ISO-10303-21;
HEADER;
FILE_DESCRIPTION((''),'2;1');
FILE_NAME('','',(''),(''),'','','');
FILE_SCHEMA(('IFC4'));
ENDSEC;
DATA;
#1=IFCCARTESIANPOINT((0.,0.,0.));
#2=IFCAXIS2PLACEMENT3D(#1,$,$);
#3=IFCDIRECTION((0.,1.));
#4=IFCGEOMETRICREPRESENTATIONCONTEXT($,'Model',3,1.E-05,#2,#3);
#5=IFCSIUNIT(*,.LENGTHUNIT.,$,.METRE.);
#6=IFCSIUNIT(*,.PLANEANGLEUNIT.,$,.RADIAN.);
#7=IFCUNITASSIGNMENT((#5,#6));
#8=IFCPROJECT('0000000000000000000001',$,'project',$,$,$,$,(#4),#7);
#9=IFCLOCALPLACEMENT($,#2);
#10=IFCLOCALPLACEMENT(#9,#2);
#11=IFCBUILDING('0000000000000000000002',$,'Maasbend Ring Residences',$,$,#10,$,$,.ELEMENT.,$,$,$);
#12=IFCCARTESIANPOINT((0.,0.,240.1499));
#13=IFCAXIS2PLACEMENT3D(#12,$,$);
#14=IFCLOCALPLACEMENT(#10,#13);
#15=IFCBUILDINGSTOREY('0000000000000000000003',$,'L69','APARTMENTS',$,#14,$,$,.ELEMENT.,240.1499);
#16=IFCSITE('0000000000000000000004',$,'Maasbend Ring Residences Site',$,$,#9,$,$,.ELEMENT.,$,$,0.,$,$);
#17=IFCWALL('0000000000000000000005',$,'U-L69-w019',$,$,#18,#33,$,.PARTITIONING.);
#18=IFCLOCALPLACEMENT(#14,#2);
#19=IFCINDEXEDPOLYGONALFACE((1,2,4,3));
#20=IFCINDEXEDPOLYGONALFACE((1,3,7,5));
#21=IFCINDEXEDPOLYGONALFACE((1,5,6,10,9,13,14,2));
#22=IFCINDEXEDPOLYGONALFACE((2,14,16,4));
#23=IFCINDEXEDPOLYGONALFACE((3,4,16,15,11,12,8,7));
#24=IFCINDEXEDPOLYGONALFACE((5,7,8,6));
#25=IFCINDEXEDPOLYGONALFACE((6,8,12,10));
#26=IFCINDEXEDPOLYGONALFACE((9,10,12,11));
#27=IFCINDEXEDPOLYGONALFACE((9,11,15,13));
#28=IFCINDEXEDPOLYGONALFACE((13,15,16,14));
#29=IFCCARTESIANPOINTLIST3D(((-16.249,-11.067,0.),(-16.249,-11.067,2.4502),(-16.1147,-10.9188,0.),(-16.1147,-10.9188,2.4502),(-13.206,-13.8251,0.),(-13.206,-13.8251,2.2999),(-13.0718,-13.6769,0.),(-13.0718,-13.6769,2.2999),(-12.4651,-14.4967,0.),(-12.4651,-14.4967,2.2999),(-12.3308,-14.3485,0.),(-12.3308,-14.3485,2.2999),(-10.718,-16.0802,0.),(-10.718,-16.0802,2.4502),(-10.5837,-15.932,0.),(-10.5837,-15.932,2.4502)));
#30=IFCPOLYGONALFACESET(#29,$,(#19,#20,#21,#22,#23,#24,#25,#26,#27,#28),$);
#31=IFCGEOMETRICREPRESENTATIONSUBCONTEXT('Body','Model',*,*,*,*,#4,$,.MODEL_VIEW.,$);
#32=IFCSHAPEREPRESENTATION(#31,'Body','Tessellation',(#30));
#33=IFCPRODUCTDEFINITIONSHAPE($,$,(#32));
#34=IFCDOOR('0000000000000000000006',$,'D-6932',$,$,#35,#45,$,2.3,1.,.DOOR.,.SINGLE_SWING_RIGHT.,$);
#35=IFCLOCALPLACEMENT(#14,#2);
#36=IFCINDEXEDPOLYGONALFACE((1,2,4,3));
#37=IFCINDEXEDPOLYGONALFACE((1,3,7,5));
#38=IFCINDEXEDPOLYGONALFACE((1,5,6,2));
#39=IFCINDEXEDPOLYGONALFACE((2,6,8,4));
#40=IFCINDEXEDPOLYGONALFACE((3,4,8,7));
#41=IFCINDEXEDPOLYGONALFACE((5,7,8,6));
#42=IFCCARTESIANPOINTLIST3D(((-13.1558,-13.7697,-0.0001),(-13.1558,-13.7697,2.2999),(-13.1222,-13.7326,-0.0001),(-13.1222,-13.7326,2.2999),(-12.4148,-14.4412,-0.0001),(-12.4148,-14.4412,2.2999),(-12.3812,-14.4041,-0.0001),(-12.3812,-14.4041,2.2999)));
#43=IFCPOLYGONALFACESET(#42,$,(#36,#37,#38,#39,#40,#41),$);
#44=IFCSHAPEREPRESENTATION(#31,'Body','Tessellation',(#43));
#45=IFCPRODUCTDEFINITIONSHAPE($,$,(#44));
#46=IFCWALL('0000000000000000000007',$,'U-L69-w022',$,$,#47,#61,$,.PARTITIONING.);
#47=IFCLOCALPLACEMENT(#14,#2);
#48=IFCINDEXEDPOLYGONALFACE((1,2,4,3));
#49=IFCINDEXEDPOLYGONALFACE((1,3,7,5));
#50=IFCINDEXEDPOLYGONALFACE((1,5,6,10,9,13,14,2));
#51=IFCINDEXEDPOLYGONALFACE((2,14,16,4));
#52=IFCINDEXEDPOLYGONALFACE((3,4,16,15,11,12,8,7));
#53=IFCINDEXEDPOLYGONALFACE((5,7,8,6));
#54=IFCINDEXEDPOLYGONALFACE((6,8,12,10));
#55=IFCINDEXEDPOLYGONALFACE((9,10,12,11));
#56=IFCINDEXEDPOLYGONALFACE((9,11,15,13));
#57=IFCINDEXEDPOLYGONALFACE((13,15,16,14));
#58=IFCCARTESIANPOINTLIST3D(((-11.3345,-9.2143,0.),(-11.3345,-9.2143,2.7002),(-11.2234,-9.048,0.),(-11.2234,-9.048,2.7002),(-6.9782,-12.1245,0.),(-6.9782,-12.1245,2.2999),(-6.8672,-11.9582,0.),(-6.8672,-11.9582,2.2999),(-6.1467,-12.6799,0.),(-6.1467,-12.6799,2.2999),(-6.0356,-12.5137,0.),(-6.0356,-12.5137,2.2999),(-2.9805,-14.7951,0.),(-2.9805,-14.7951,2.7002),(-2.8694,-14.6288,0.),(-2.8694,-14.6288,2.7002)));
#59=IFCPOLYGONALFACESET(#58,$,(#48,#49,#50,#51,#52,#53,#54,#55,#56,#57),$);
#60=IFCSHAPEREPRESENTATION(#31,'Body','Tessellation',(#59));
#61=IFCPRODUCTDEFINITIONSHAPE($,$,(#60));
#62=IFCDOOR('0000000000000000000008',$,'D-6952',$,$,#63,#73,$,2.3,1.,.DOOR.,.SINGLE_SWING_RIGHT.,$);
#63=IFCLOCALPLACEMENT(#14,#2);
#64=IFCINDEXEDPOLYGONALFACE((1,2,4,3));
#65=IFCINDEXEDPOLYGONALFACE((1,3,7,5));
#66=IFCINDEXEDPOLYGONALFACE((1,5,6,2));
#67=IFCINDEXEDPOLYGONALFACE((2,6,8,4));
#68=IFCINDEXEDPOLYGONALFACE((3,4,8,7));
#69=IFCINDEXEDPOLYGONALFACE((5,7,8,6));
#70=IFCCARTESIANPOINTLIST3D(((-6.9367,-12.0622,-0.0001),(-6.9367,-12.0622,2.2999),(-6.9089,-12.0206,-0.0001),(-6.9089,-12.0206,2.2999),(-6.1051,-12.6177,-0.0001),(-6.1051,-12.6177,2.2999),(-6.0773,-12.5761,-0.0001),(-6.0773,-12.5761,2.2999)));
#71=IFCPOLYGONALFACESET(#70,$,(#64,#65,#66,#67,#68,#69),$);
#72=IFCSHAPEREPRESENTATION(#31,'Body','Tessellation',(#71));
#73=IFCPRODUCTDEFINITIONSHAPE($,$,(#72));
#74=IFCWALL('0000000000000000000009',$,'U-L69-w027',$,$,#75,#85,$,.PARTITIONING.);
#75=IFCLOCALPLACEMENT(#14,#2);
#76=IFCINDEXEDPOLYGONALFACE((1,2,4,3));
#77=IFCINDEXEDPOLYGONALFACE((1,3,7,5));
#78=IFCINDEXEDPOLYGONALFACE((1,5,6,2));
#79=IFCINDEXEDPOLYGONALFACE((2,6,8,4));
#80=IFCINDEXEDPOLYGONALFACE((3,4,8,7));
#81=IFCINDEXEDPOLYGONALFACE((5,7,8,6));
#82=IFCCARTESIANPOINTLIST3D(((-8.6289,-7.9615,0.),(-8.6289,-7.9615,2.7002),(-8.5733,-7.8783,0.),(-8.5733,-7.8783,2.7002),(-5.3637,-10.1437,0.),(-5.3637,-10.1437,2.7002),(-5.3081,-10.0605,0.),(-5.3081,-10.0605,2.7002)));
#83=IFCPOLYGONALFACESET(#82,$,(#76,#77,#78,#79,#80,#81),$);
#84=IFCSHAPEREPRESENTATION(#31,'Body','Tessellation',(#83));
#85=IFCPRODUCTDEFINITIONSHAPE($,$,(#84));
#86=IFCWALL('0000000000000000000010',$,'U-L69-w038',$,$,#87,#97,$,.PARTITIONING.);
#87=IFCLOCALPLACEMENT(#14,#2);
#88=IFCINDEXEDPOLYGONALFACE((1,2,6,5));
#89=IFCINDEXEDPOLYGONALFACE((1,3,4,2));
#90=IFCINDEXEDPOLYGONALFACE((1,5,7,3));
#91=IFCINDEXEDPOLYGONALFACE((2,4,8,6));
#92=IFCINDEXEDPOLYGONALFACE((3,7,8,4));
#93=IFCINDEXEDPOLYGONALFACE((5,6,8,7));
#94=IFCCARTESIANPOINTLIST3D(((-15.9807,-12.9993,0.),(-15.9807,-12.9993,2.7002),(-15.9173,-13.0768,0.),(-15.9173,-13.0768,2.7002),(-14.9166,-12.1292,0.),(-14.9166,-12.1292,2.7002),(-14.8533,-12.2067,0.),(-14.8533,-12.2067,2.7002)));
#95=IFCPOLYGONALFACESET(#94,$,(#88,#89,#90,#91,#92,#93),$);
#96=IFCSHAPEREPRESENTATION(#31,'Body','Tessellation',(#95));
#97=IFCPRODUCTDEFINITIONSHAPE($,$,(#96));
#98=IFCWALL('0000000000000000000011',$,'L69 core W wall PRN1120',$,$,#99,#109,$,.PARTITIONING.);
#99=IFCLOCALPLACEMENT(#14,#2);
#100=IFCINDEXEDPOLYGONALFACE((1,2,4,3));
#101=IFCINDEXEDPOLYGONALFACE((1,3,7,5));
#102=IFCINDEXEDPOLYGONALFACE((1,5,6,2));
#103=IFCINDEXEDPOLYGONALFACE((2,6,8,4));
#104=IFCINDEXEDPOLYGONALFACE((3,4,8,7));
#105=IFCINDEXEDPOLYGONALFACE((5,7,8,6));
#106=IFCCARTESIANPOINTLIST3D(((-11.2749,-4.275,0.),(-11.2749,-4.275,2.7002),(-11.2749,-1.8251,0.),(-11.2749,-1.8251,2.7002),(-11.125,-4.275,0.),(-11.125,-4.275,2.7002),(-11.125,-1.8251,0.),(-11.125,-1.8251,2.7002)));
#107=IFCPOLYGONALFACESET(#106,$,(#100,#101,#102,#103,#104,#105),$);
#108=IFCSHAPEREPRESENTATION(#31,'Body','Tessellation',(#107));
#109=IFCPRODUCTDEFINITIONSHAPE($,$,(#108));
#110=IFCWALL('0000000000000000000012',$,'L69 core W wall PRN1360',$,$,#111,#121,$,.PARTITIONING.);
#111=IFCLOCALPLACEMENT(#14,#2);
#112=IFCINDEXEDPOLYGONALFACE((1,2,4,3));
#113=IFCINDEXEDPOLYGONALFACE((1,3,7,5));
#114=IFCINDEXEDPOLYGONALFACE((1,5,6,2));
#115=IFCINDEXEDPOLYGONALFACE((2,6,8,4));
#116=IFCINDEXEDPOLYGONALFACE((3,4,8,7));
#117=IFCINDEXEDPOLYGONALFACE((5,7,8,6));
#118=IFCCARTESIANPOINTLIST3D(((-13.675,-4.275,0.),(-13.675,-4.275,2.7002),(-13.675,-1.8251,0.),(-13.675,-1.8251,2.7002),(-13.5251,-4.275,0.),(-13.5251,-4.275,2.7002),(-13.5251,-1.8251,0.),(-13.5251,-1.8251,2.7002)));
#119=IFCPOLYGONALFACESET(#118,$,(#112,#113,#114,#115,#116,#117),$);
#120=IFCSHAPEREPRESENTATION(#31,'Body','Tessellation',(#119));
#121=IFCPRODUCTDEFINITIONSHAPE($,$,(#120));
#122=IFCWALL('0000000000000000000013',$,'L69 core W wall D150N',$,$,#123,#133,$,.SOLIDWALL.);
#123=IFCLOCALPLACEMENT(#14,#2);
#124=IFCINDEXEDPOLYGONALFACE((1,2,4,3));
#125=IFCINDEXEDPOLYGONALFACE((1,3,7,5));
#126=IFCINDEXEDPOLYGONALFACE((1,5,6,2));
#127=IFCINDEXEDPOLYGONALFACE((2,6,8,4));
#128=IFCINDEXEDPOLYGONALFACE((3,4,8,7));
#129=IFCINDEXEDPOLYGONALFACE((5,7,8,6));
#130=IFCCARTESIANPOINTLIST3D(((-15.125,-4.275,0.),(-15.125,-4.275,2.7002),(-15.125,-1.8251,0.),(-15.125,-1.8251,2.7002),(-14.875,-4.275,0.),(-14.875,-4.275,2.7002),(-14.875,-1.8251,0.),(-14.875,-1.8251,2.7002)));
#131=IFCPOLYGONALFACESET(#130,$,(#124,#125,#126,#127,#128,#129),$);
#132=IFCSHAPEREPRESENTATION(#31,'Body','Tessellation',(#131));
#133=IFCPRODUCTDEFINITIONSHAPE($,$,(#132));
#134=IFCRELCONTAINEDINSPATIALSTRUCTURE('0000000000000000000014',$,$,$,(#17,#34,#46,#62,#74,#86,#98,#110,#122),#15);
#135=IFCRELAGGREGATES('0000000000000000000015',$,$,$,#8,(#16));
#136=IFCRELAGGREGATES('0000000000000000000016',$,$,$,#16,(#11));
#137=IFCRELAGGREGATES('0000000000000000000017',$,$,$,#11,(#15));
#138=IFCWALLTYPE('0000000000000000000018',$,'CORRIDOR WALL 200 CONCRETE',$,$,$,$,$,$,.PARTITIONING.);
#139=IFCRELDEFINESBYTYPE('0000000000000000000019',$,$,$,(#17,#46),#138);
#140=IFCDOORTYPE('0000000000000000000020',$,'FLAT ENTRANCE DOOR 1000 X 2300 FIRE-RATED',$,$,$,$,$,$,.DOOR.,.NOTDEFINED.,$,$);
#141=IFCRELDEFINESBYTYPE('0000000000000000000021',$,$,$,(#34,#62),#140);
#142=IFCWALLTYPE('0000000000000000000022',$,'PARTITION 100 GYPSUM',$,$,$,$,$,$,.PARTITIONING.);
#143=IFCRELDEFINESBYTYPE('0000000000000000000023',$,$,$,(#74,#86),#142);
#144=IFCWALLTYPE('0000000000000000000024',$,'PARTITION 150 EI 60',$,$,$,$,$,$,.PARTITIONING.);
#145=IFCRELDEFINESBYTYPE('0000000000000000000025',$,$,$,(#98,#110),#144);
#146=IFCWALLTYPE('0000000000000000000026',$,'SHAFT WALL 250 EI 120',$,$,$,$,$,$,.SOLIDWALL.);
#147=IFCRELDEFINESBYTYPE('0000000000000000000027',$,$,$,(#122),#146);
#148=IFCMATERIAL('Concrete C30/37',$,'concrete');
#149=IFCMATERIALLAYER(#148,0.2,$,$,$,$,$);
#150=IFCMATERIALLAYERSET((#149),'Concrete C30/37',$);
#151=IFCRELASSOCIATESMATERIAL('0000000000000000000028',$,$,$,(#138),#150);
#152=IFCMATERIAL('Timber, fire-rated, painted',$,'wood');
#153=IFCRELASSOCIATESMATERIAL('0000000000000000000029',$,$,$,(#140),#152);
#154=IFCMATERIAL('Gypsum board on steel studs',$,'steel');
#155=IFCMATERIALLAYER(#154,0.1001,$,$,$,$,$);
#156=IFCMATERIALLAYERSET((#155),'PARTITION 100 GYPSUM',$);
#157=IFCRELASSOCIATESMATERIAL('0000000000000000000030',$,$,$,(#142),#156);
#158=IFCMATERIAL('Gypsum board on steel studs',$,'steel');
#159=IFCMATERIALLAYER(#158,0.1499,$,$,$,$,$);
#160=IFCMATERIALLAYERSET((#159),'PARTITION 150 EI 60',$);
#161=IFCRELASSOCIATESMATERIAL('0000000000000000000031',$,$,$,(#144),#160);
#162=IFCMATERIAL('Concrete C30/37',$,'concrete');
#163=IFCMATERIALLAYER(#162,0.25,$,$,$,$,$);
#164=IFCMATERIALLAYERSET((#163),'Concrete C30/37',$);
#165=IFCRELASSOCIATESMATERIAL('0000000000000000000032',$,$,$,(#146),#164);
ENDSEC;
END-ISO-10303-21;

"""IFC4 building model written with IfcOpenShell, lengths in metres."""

from ifc_helpers import new_model, si_unit, direction, frame, frame_2d, origin, place, context, subcontext, project, spatial, rectangle, extrude, material, layer, layer_set, type_object, element, fill, save


model = new_model("IFC4")

# Units and contexts
model_context = context("Model", 3, precision=1e-05, world=origin(), true_north=direction((0.0, 1.0)))
body_context = subcontext(model_context, "Body", "Model", "MODEL_VIEW")
ifc_project = project(units=[si_unit("LENGTHUNIT", "METRE"), si_unit("PLANEANGLEUNIT", "RADIAN")], contexts=[model_context])

# Site, building, storey
site_placement = place(None, origin())
site = spatial("IfcSite", under=ifc_project, at=site_placement, Name="Maasbend Ring Residences Site", CompositionType="ELEMENT", RefElevation=0.0)
building_placement = place(site_placement, origin())
building = spatial("IfcBuilding", under=site, at=building_placement, Name="Maasbend Ring Residences", CompositionType="ELEMENT")
storey_placement = place(building_placement, frame((0.0, 0.0, 240.1499)))
storey = spatial("IfcBuildingStorey", under=building, at=storey_placement, Name="L69", Description="APARTMENTS", CompositionType="ELEMENT", Elevation=240.1499)

# Walls, openings, doors
ifc_material_1 = material(Name="Concrete C30/37", Category="concrete")
ifc_layer_1 = layer(ifc_material_1, 0.2)
ifc_layer_set_1 = layer_set([ifc_layer_1], Name="Concrete C30/37")
wall_type_1 = type_object("IfcWallType", Name="CORRIDOR WALL 200 CONCRETE", PredefinedType="PARTITIONING", material=ifc_layer_set_1)
wall_1_placement = place(storey_placement, frame((-16.1819, -10.9929, 0.0), z_axis=(0.0, 0.0, 1.0), x_axis=(0.74094, -0.671572, 0.0)))
wall_1 = element("IfcWall", 1, at=wall_1_placement, inside=storey, type_object=wall_type_1, Name="U-L69-w019", PredefinedType="PARTITIONING", context=body_context, shape_type="SweptSolid", body=[
    extrude(rectangle(XDim=7.4648, YDim=0.2, at=frame_2d((3.7324, 0.0))), origin(), (0.0, 0.0, 1.0), 2.4502),
])
opening_1_placement = place(wall_1_placement, frame((4.1069, 0.0, 0.0)))
opening_1 = element("IfcOpeningElement", 2, at=opening_1_placement, cuts=wall_1, PredefinedType="OPENING", context=body_context, shape_type="SweptSolid", body=[
    extrude(rectangle(XDim=1.0, YDim=2.3, at=frame_2d((0.5, 1.1499))), frame((0.0, 0.1099, 0.0), z_axis=(0.0, -1.0, 0.0), x_axis=(1.0, 0.0, 0.0)), (0.0, 0.0, 1.0), 0.22),
])
ifc_material_2 = material(Name="Timber, fire-rated, painted", Category="wood")
door_type_1 = type_object("IfcDoorType", Name="FLAT ENTRANCE DOOR 1000 X 2300 FIRE-RATED", OperationType="NOTDEFINED", PredefinedType="DOOR", material=ifc_material_2)
door_1_placement = place(opening_1_placement, origin())
door_1 = element("IfcDoor", 3, at=door_1_placement, inside=storey, type_object=door_type_1, Name="D-6932", OperationType="SINGLE_SWING_RIGHT", OverallHeight=2.3, OverallWidth=1.0, PredefinedType="DOOR", context=body_context, shape_type="SweptSolid", body=[
    extrude(rectangle(XDim=1.0, YDim=2.3, at=frame_2d((0.5, 1.1499))), frame((0.0, 0.0249, 0.0), z_axis=(0.0, -1.0, 0.0), x_axis=(1.0, 0.0, 0.0)), (0.0, 0.0, 1.0), 0.05),
])
fill(opening_1, door_1)
wall_2_placement = place(storey_placement, frame((-11.2791, -9.1311, 0.0), z_axis=(0.0, 0.0, 1.0), x_axis=(0.831523, -0.555491, 0.0)))
wall_2 = element("IfcWall", 4, at=wall_2_placement, inside=storey, type_object=wall_type_1, Name="U-L69-w022", PredefinedType="PARTITIONING", context=body_context, shape_type="SweptSolid", body=[
    extrude(rectangle(XDim=10.0466, YDim=0.2, at=frame_2d((5.0234, 0.0))), origin(), (0.0, 0.0, 1.0), 2.7002),
])
opening_2_placement = place(wall_2_placement, frame((5.239, 0.0, 0.0)))
opening_2 = element("IfcOpeningElement", 5, at=opening_2_placement, cuts=wall_2, PredefinedType="OPENING", context=body_context, shape_type="SweptSolid", body=[
    extrude(rectangle(XDim=1.0, YDim=2.3, at=frame_2d((0.5, 1.1499))), frame((0.0, 0.1099, 0.0), z_axis=(0.0, -1.0, 0.0), x_axis=(1.0, 0.0, 0.0)), (0.0, 0.0, 1.0), 0.22),
])
door_2_placement = place(opening_2_placement, origin())
door_2 = element("IfcDoor", 6, at=door_2_placement, inside=storey, type_object=door_type_1, Name="D-6952", OperationType="SINGLE_SWING_RIGHT", OverallHeight=2.3, OverallWidth=1.0, PredefinedType="DOOR", context=body_context, shape_type="SweptSolid", body=[
    extrude(rectangle(XDim=1.0, YDim=2.3, at=frame_2d((0.5, 1.1499))), frame((0.0, 0.0249, 0.0), z_axis=(0.0, -1.0, 0.0), x_axis=(1.0, 0.0, 0.0)), (0.0, 0.0, 1.0), 0.05),
])
fill(opening_2, door_2)

# Walls
ifc_material_3 = material(Name="Gypsum board on steel studs", Category="steel")
ifc_layer_2 = layer(ifc_material_3, 0.1001)
ifc_layer_set_2 = layer_set([ifc_layer_2], Name="PARTITION 100 GYPSUM")
wall_type_2 = type_object("IfcWallType", Name="PARTITION 100 GYPSUM", PredefinedType="PARTITIONING", material=ifc_layer_set_2)
wall_3_placement = place(storey_placement, frame((-8.6011, -7.9199, 0.0), z_axis=(0.0, 0.0, 1.0), x_axis=(0.831419, -0.555647, 0.0)))
element("IfcWall", 7, at=wall_3_placement, inside=storey, type_object=wall_type_2, Name="U-L69-w027", PredefinedType="PARTITIONING", context=body_context, shape_type="SweptSolid", body=[
    extrude(rectangle(XDim=3.9272, YDim=0.1001, at=frame_2d((1.9636, 0.0))), origin(), (0.0, 0.0, 1.0), 2.7002),
])
wall_4_placement = place(storey_placement, frame((-15.949, -13.0381, 0.0), z_axis=(0.0, 0.0, 1.0), x_axis=(0.7741, 0.633064, 0.0)))
element("IfcWall", 8, at=wall_4_placement, inside=storey, type_object=wall_type_2, Name="U-L69-w038", PredefinedType="PARTITIONING", context=body_context, shape_type="SweptSolid", body=[
    extrude(rectangle(XDim=1.3745, YDim=0.1001, at=frame_2d((0.6873, 0.0))), origin(), (0.0, 0.0, 1.0), 2.7002),
])
ifc_material_4 = material(Name="Gypsum board on steel studs", Category="steel")
ifc_layer_3 = layer(ifc_material_4, 0.1499)
ifc_layer_set_3 = layer_set([ifc_layer_3], Name="PARTITION 150 EI 60")
wall_type_3 = type_object("IfcWallType", Name="PARTITION 150 EI 60", PredefinedType="PARTITIONING", material=ifc_layer_set_3)
for number, where, z_axis, x_axis, name in (
    (9, (-11.2, -1.825, 0.0), (0.0, 0.0, 1.0), (0.0, -1.0, 0.0), "L69 core W wall PRN1120"),
    (10, (-13.6001, -1.825, 0.0), (0.0, 0.0, 1.0), (0.0, -1.0, 0.0), "L69 core W wall PRN1360"),
):
    element("IfcWall", number, at=place(storey_placement, frame(where, z_axis=z_axis, x_axis=x_axis)), inside=storey, type_object=wall_type_3, Name=name, PredefinedType="PARTITIONING", context=body_context, shape_type="SweptSolid", body=[
        extrude(rectangle(XDim=2.45, YDim=0.1499, at=frame_2d((1.2251, 0.0))), origin(), (0.0, 0.0, 1.0), 2.7002),
    ])
ifc_material_5 = material(Name="Concrete C30/37", Category="concrete")
ifc_layer_4 = layer(ifc_material_5, 0.25)
ifc_layer_set_4 = layer_set([ifc_layer_4], Name="Concrete C30/37")
wall_type_4 = type_object("IfcWallType", Name="SHAFT WALL 250 EI 120", PredefinedType="SOLIDWALL", material=ifc_layer_set_4)
wall_5_placement = place(storey_placement, frame((-15.0, -1.825, 0.0), z_axis=(0.0, 0.0, 1.0), x_axis=(0.0, -1.0, 0.0)))
element("IfcWall", 11, at=wall_5_placement, inside=storey, type_object=wall_type_4, Name="L69 core W wall D150N", PredefinedType="SOLIDWALL", context=body_context, shape_type="SweptSolid", body=[
    extrude(rectangle(XDim=2.45, YDim=0.25, at=frame_2d((1.2251, 0.0))), origin(), (0.0, 0.0, 1.0), 2.7002),
])

save(model, "model.ifc")
